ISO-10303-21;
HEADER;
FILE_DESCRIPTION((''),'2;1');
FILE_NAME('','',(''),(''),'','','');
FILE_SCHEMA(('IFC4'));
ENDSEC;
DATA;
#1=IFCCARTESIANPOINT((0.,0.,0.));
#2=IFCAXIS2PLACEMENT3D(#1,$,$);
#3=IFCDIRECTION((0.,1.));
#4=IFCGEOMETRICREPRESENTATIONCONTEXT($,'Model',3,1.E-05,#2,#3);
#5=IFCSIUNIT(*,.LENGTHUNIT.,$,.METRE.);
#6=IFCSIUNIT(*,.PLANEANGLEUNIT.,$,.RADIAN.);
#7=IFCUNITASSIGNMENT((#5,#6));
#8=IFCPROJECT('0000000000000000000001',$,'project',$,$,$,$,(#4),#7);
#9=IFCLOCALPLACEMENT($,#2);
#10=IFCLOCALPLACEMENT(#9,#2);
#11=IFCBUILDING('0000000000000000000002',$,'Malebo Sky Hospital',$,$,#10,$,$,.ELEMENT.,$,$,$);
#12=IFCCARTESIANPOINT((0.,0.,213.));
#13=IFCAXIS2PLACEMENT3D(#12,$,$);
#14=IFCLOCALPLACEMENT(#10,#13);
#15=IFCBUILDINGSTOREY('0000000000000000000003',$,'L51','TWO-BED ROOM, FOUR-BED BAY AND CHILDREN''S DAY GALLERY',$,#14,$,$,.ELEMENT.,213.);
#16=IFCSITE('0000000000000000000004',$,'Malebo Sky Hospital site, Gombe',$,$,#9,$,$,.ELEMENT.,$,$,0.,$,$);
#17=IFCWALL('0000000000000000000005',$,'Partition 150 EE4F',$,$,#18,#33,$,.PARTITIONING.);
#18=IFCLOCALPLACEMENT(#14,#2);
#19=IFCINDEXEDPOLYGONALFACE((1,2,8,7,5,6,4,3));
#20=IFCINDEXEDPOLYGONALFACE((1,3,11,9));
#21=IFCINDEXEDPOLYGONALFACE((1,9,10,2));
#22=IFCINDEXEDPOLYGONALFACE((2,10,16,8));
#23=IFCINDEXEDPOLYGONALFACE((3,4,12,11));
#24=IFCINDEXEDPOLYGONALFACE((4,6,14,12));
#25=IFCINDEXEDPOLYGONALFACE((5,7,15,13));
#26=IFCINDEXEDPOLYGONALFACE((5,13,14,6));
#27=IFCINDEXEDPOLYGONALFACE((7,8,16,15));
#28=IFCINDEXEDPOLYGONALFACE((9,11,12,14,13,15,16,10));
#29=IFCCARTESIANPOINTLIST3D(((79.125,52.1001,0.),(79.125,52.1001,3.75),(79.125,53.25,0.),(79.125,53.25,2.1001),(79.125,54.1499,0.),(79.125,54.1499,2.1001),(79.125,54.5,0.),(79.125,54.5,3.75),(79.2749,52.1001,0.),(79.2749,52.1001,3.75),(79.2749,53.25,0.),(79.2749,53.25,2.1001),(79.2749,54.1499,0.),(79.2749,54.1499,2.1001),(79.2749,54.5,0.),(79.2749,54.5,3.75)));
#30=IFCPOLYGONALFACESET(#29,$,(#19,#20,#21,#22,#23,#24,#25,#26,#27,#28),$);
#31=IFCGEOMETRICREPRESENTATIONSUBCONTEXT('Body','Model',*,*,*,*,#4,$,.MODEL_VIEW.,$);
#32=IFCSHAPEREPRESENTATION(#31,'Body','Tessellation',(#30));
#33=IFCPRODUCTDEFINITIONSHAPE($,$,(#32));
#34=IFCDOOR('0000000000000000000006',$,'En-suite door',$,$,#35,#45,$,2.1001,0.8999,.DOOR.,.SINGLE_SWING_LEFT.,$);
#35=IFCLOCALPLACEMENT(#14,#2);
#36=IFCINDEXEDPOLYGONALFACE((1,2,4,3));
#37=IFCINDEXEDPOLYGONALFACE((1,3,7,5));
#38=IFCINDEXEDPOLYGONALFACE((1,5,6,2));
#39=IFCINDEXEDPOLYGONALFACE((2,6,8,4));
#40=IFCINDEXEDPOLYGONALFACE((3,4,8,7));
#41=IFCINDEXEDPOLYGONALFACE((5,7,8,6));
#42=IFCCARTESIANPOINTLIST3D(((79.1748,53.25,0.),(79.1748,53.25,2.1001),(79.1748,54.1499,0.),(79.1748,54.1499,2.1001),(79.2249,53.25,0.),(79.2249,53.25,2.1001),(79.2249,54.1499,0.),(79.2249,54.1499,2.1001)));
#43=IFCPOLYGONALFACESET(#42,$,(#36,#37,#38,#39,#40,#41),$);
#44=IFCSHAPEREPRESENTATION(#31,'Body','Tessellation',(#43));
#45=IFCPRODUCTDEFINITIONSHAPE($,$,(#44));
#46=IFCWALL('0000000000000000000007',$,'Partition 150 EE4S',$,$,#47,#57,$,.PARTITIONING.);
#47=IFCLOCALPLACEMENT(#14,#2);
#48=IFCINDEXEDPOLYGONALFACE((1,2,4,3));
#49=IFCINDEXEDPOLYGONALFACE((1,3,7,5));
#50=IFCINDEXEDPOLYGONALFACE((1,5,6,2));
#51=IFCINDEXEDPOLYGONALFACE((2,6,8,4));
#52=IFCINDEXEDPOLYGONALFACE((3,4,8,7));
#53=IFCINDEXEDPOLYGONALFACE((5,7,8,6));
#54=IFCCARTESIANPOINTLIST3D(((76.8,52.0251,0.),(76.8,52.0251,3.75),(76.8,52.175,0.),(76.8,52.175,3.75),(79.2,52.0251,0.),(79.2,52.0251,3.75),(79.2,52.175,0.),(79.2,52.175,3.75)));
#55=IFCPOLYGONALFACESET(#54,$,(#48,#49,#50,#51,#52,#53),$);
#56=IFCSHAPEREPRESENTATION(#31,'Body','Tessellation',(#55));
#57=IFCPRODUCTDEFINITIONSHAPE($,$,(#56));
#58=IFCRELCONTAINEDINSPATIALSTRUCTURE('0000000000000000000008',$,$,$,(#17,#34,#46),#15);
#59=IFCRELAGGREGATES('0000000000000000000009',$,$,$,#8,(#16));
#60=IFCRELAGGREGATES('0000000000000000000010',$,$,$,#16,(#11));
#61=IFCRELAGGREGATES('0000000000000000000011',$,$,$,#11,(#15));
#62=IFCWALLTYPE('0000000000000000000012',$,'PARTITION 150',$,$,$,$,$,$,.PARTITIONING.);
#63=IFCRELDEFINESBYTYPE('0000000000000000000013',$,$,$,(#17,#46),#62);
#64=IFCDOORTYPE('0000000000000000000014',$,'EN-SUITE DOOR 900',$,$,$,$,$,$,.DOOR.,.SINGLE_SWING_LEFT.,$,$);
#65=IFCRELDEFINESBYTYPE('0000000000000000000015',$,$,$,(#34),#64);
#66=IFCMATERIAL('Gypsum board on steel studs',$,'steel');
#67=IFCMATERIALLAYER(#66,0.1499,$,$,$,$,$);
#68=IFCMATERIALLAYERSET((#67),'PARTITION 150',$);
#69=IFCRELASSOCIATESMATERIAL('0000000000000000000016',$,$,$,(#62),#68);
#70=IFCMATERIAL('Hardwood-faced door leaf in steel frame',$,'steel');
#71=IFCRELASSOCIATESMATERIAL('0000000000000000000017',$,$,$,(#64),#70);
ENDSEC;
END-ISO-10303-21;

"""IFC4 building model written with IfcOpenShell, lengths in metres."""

from ifc_helpers import new_model, si_unit, direction, frame, frame_2d, origin, place, context, subcontext, project, spatial, rectangle, extrude, material, layer, layer_set, type_object, element, fill, save


model = new_model("IFC4")

# Units and contexts
model_context = context("Model", 3, precision=1e-05, world=origin(), true_north=direction((0.0, 1.0)))
body_context = subcontext(model_context, "Body", "Model", "MODEL_VIEW")
ifc_project = project(units=[si_unit("LENGTHUNIT", "METRE"), si_unit("PLANEANGLEUNIT", "RADIAN")], contexts=[model_context])

# Site, building, storey
site_placement = place(None, origin())
site = spatial("IfcSite", under=ifc_project, at=site_placement, Name="Malebo Sky Hospital site, Gombe", CompositionType="ELEMENT", RefElevation=0.0)
building_placement = place(site_placement, origin())
building = spatial("IfcBuilding", under=site, at=building_placement, Name="Malebo Sky Hospital", CompositionType="ELEMENT")
storey_placement = place(building_placement, frame((0.0, 0.0, 213.0)))
storey = spatial("IfcBuildingStorey", under=building, at=storey_placement, Name="L51", Description="TWO-BED ROOM, FOUR-BED BAY AND CHILDREN'S DAY GALLERY", CompositionType="ELEMENT", Elevation=213.0)

# Shared definitions
ifc_material_1 = material(Name="Gypsum board on steel studs", Category="steel")
ifc_layer_1 = layer(ifc_material_1, 0.1499)
ifc_layer_set_1 = layer_set([ifc_layer_1], Name="PARTITION 150")
wall_type = type_object("IfcWallType", Name="PARTITION 150", PredefinedType="PARTITIONING", material=ifc_layer_set_1)

# Wall, opening, door
wall_1_placement = place(storey_placement, frame((79.2, 54.5, 0.0), z_axis=(0.0, 0.0, 1.0), x_axis=(0.0, -1.0, 0.0)))
wall_1 = element("IfcWall", 1, at=wall_1_placement, inside=storey, type_object=wall_type, Name="Partition 150 EE4F", PredefinedType="PARTITIONING", context=body_context, shape_type="SweptSolid", body=[
    extrude(rectangle(XDim=2.3999, YDim=0.1499, at=frame_2d((1.2, 0.0))), origin(), (0.0, 0.0, 1.0), 3.75),
])
opening_placement = place(wall_1_placement, frame((0.3501, 0.0, 0.0)))
opening = element("IfcOpeningElement", 2, at=opening_placement, cuts=wall_1, PredefinedType="OPENING", context=body_context, shape_type="SweptSolid", body=[
    extrude(rectangle(XDim=0.8999, YDim=2.1001, at=frame_2d((0.45, 1.05))), frame((0.0, 0.085, 0.0), z_axis=(0.0, -1.0, 0.0), x_axis=(1.0, 0.0, 0.0)), (0.0, 0.0, 1.0), 0.1699),
])
ifc_material_2 = material(Name="Hardwood-faced door leaf in steel frame", Category="steel")
door_type = type_object("IfcDoorType", Name="EN-SUITE DOOR 900", OperationType="SINGLE_SWING_LEFT", PredefinedType="DOOR", material=ifc_material_2)
door_placement = place(opening_placement, origin())
door = element("IfcDoor", 3, at=door_placement, inside=storey, type_object=door_type, Name="En-suite door", OperationType="SINGLE_SWING_LEFT", OverallHeight=2.1001, OverallWidth=0.8999, PredefinedType="DOOR", context=body_context, shape_type="SweptSolid", body=[
    extrude(rectangle(XDim=0.8999, YDim=2.1001, at=frame_2d((0.45, 1.05))), frame((0.0, 0.0249, 0.0), z_axis=(0.0, -1.0, 0.0), x_axis=(1.0, 0.0, 0.0)), (0.0, 0.0, 1.0), 0.05),
])
fill(opening, door)

# Wall
wall_2_placement = place(storey_placement, frame((76.8, 52.1001, 0.0), z_axis=(0.0, 0.0, 1.0), x_axis=(1.0, 0.0, 0.0)))
element("IfcWall", 4, at=wall_2_placement, inside=storey, type_object=wall_type, Name="Partition 150 EE4S", PredefinedType="PARTITIONING", context=body_context, shape_type="SweptSolid", body=[
    extrude(rectangle(XDim=2.3999, YDim=0.1499, at=frame_2d((1.2, 0.0))), origin(), (0.0, 0.0, 1.0), 3.75),
])

save(model, "model.ifc")
